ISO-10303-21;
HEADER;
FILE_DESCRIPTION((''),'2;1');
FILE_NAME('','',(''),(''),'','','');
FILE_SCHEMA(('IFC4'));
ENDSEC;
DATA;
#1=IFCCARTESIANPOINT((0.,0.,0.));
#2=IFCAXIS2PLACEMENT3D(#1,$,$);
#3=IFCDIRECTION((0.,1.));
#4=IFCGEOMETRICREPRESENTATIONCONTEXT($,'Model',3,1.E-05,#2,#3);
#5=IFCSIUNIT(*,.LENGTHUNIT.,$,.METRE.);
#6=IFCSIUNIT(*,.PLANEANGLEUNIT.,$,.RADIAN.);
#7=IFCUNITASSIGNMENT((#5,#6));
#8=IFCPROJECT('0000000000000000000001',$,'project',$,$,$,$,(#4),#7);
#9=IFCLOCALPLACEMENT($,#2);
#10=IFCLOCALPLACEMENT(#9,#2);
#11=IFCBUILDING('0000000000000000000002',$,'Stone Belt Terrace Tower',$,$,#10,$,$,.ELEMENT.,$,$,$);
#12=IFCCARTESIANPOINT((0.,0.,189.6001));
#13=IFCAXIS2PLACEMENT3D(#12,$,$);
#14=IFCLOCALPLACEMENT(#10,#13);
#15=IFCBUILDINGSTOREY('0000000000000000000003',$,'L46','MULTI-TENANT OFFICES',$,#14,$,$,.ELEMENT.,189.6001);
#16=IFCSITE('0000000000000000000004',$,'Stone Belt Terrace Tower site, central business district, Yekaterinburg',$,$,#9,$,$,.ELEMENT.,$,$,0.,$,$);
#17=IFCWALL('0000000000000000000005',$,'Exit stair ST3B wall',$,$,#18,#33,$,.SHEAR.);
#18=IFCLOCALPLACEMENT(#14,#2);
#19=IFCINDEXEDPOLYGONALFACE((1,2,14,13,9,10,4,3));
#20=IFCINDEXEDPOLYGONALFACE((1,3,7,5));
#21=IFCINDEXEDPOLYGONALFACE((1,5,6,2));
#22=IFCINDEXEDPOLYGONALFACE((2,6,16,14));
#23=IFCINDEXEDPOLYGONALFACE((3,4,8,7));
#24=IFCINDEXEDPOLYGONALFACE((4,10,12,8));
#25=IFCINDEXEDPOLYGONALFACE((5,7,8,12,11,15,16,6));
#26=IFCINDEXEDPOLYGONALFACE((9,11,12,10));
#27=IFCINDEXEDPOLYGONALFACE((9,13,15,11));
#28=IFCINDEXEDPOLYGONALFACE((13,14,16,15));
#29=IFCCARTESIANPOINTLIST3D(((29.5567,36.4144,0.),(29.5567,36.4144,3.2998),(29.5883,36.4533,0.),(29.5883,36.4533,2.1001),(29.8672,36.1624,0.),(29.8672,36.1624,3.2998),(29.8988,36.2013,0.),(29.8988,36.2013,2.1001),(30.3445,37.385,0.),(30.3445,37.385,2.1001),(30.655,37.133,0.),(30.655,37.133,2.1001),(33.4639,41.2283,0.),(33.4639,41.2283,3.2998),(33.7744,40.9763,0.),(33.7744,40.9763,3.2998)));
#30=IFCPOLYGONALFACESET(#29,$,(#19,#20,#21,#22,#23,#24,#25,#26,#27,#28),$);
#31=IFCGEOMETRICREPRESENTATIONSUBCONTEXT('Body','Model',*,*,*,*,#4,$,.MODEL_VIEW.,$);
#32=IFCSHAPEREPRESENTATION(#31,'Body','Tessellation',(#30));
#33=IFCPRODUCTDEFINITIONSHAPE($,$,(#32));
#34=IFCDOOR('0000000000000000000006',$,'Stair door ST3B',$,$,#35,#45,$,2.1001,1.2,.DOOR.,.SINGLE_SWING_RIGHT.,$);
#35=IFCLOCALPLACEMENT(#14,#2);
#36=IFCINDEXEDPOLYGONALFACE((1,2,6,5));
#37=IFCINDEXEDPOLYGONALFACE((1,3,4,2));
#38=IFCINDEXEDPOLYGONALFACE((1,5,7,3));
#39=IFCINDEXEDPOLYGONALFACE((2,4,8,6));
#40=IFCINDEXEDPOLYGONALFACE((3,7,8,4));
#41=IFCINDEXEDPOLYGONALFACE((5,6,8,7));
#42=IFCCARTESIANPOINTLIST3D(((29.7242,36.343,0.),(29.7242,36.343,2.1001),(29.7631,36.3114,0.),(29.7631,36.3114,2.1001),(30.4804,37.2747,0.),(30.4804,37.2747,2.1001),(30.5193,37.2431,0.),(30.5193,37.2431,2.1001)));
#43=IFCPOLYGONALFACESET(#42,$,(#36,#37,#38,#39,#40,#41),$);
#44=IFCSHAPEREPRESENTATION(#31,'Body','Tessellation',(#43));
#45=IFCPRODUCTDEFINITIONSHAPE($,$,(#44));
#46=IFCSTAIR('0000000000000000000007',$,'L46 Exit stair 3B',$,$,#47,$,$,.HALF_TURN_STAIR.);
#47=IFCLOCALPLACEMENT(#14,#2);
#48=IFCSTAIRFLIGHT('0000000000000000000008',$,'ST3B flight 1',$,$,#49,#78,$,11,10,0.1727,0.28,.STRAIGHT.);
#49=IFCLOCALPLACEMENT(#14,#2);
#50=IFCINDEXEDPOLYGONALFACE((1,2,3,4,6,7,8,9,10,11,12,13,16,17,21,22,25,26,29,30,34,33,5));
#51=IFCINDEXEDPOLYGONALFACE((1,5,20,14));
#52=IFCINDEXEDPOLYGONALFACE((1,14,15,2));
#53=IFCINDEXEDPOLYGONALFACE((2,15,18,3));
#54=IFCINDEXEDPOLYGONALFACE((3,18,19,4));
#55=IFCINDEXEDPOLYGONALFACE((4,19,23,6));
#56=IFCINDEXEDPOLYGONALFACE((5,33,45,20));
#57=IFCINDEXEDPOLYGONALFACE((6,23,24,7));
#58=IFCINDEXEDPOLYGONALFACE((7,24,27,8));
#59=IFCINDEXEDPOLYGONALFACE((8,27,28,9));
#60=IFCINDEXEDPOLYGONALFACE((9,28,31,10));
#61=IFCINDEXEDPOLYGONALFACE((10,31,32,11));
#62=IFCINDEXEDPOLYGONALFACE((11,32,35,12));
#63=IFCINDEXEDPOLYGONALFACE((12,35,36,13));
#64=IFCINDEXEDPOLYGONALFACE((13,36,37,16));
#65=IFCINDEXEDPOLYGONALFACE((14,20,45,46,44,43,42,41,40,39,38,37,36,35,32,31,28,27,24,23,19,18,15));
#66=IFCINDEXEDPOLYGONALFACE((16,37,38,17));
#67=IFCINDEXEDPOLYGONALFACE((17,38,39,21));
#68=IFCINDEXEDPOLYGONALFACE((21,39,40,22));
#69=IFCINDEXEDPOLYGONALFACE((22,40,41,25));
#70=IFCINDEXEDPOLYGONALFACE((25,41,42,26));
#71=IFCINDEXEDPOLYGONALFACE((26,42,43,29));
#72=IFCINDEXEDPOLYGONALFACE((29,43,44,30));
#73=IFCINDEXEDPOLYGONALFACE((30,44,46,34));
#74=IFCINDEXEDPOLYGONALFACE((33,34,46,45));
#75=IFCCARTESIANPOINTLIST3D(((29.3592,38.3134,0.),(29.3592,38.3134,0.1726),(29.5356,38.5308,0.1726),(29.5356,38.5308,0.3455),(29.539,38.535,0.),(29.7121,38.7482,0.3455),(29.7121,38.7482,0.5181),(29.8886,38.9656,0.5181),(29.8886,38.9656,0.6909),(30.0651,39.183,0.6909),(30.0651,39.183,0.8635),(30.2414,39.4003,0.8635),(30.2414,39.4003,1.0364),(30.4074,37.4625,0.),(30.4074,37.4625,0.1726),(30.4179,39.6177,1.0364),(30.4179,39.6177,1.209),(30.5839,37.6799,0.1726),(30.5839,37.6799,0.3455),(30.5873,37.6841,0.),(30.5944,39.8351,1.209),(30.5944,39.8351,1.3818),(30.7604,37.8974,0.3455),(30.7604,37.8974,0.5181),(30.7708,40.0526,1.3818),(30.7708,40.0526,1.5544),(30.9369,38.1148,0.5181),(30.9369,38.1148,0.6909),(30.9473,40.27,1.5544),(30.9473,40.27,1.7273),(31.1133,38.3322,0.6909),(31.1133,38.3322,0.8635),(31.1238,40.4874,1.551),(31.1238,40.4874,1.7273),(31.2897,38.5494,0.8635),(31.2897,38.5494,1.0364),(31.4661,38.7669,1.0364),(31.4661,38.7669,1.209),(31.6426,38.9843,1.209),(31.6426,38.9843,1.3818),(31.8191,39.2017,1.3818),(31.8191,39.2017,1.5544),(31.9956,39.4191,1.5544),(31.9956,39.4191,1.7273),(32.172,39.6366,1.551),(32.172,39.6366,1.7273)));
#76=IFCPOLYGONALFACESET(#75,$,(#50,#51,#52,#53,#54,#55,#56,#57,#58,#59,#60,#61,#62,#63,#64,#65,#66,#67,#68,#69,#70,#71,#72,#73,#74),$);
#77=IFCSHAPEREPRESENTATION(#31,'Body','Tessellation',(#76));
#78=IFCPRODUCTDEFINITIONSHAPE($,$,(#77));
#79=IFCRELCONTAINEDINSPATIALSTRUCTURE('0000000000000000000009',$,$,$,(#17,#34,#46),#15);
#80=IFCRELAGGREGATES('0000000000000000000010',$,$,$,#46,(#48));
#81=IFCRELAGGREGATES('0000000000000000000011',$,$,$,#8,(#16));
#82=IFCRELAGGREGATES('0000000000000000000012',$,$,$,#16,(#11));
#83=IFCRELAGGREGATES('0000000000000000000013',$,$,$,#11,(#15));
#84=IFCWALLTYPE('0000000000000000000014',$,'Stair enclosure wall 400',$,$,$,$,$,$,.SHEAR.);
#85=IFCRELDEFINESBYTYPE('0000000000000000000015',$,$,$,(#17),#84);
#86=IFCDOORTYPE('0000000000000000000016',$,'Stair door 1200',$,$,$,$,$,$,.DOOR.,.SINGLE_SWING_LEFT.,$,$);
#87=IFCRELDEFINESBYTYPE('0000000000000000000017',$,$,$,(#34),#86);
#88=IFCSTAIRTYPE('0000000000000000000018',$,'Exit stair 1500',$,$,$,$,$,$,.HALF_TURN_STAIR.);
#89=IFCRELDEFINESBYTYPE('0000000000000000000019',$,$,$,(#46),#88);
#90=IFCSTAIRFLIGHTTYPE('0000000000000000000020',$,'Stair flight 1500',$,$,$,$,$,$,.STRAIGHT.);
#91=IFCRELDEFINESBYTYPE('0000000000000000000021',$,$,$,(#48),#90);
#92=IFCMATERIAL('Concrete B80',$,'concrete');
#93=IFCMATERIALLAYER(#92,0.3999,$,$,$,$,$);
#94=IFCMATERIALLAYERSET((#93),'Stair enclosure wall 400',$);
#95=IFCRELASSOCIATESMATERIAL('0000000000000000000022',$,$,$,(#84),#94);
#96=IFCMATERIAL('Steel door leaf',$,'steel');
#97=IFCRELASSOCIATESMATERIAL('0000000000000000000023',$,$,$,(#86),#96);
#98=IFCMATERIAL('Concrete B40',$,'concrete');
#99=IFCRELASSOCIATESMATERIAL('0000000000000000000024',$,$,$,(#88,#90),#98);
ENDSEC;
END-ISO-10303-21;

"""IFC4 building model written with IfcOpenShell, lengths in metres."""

from ifc_helpers import new_model, si_unit, direction, frame, frame_2d, origin, place, context, subcontext, project, spatial, polyline, rectangle, outline, extrude, material, layer, layer_set, type_object, element, fill, aggregate, save


model = new_model("IFC4")

# Units and contexts
model_context = context("Model", 3, precision=1e-05, world=origin(), true_north=direction((0.0, 1.0)))
body_context = subcontext(model_context, "Body", "Model", "MODEL_VIEW")
ifc_project = project(units=[si_unit("LENGTHUNIT", "METRE"), si_unit("PLANEANGLEUNIT", "RADIAN")], contexts=[model_context])

# Site, building, storey
site_placement = place(None, origin())
site = spatial("IfcSite", under=ifc_project, at=site_placement, Name="Stone Belt Terrace Tower site, central business district, Yekaterinburg", CompositionType="ELEMENT", RefElevation=0.0)
building_placement = place(site_placement, origin())
building = spatial("IfcBuilding", under=site, at=building_placement, Name="Stone Belt Terrace Tower", CompositionType="ELEMENT")
storey_placement = place(building_placement, frame((0.0, 0.0, 189.6001)))
storey = spatial("IfcBuildingStorey", under=building, at=storey_placement, Name="L46", Description="MULTI-TENANT OFFICES", CompositionType="ELEMENT", Elevation=189.6001)

# Shared definitions
ifc_material_1 = material(Name="Concrete B80", Category="concrete")

# Shared definitions
ifc_layer_1 = layer(ifc_material_1, 0.3999)
ifc_layer_set_1 = layer_set([ifc_layer_1], Name="Stair enclosure wall 400")
wall_type_1 = type_object("IfcWallType", Name="Stair enclosure wall 400", PredefinedType="SHEAR", material=ifc_layer_set_1)
ifc_material_2 = material(Name="Steel door leaf", Category="steel")

# Wall, opening, door
wall_1_placement = place(storey_placement, frame((29.7119, 36.2883, 0.0), z_axis=(0.0, 0.0, 1.0), x_axis=(0.630192, 0.776439, 0.0)))
wall_1 = element("IfcWall", 1, at=wall_1_placement, inside=storey, type_object=wall_type_1, Name="Exit stair ST3B wall", PredefinedType="SHEAR", context=body_context, shape_type="SweptSolid", body=[
    extrude(rectangle(XDim=6.2, YDim=0.3999, at=frame_2d((3.1001, 0.0))), origin(), (0.0, 0.0, 1.0), 3.2998),
])
opening_1_placement = place(wall_1_placement, frame((0.05, 0.0, 0.0)))
opening_1 = element("IfcOpeningElement", 2, at=opening_1_placement, cuts=wall_1, PredefinedType="OPENING", context=body_context, shape_type="SweptSolid", body=[
    extrude(rectangle(XDim=1.2, YDim=2.1001, at=frame_2d((0.6001, 1.05))), frame((0.0, 0.21, 0.0), z_axis=(0.0, -1.0, 0.0), x_axis=(1.0, 0.0, 0.0)), (0.0, 0.0, 1.0), 0.4199),
])
door_type_1 = type_object("IfcDoorType", Name="Stair door 1200", OperationType="SINGLE_SWING_LEFT", PredefinedType="DOOR", material=ifc_material_2)
door_1_placement = place(opening_1_placement, origin())
door_1 = element("IfcDoor", 3, at=door_1_placement, inside=storey, type_object=door_type_1, Name="Stair door ST3B", OperationType="SINGLE_SWING_RIGHT", OverallHeight=2.1001, OverallWidth=1.2, PredefinedType="DOOR", context=body_context, shape_type="SweptSolid", body=[
    extrude(rectangle(XDim=1.2, YDim=2.1001, at=frame_2d((0.6001, 1.05))), frame((0.0, 0.0249, 0.0), z_axis=(0.0, -1.0, 0.0), x_axis=(1.0, 0.0, 0.0)), (0.0, 0.0, 1.0), 0.05),
])
fill(opening_1, door_1)

# Stair, stair flight
ifc_material_3 = material(Name="Concrete B40", Category="concrete")
stair_type = type_object("IfcStairType", Name="Exit stair 1500", PredefinedType="HALF_TURN_STAIR", material=ifc_material_3)
stair_placement = place(storey_placement, origin())
stair = element("IfcStair", 4, at=stair_placement, inside=storey, type_object=stair_type, Name="L46 Exit stair 3B", PredefinedType="HALF_TURN_STAIR")
stair_flight_type = type_object("IfcStairFlightType", Name="Stair flight 1500", PredefinedType="STRAIGHT", material=ifc_material_3)
stair_flight_placement = place(storey_placement, frame((29.8833, 37.8879, 0.0), z_axis=(0.0, 0.0, 1.0), x_axis=(0.630206, 0.776428, 0.0)))
stair_flight = element("IfcStairFlight", 5, at=stair_flight_placement, type_object=stair_flight_type, Name="ST3B flight 1", NumberOfRisers=11, NumberOfTreads=10, PredefinedType="STRAIGHT", RiserHeight=0.1727, TreadLength=0.28, context=body_context, shape_type="SweptSolid", body=[
    extrude(outline(polyline([(0.0, 0.0), (0.0, 0.1726), (0.28, 0.1726), (0.28, 0.3455), (0.5601, 0.3455), (0.5601, 0.5181), (0.8401, 0.5181), (0.8401, 0.6909), (1.1201, 0.6909), (1.1201, 0.8635), (1.3999, 0.8635), (1.3999, 1.0364), (1.6799, 1.0364), (1.6799, 1.209), (1.96, 1.209), (1.96, 1.3818), (2.24, 1.3818), (2.24, 1.5544), (2.52, 1.5544), (2.52, 1.7273), (2.8, 1.7273), (2.8, 1.8999), (2.8, 1.551), (0.2854, 0.0), (0.0, 0.0)])), frame((0.0, 0.675, 0.0), z_axis=(0.0, -1.0, 0.0), x_axis=(1.0, 0.0, 0.0)), (0.0, 0.0, 1.0), 1.3501),
])
aggregate(stair, [stair_flight])

save(model, "model.ifc")
